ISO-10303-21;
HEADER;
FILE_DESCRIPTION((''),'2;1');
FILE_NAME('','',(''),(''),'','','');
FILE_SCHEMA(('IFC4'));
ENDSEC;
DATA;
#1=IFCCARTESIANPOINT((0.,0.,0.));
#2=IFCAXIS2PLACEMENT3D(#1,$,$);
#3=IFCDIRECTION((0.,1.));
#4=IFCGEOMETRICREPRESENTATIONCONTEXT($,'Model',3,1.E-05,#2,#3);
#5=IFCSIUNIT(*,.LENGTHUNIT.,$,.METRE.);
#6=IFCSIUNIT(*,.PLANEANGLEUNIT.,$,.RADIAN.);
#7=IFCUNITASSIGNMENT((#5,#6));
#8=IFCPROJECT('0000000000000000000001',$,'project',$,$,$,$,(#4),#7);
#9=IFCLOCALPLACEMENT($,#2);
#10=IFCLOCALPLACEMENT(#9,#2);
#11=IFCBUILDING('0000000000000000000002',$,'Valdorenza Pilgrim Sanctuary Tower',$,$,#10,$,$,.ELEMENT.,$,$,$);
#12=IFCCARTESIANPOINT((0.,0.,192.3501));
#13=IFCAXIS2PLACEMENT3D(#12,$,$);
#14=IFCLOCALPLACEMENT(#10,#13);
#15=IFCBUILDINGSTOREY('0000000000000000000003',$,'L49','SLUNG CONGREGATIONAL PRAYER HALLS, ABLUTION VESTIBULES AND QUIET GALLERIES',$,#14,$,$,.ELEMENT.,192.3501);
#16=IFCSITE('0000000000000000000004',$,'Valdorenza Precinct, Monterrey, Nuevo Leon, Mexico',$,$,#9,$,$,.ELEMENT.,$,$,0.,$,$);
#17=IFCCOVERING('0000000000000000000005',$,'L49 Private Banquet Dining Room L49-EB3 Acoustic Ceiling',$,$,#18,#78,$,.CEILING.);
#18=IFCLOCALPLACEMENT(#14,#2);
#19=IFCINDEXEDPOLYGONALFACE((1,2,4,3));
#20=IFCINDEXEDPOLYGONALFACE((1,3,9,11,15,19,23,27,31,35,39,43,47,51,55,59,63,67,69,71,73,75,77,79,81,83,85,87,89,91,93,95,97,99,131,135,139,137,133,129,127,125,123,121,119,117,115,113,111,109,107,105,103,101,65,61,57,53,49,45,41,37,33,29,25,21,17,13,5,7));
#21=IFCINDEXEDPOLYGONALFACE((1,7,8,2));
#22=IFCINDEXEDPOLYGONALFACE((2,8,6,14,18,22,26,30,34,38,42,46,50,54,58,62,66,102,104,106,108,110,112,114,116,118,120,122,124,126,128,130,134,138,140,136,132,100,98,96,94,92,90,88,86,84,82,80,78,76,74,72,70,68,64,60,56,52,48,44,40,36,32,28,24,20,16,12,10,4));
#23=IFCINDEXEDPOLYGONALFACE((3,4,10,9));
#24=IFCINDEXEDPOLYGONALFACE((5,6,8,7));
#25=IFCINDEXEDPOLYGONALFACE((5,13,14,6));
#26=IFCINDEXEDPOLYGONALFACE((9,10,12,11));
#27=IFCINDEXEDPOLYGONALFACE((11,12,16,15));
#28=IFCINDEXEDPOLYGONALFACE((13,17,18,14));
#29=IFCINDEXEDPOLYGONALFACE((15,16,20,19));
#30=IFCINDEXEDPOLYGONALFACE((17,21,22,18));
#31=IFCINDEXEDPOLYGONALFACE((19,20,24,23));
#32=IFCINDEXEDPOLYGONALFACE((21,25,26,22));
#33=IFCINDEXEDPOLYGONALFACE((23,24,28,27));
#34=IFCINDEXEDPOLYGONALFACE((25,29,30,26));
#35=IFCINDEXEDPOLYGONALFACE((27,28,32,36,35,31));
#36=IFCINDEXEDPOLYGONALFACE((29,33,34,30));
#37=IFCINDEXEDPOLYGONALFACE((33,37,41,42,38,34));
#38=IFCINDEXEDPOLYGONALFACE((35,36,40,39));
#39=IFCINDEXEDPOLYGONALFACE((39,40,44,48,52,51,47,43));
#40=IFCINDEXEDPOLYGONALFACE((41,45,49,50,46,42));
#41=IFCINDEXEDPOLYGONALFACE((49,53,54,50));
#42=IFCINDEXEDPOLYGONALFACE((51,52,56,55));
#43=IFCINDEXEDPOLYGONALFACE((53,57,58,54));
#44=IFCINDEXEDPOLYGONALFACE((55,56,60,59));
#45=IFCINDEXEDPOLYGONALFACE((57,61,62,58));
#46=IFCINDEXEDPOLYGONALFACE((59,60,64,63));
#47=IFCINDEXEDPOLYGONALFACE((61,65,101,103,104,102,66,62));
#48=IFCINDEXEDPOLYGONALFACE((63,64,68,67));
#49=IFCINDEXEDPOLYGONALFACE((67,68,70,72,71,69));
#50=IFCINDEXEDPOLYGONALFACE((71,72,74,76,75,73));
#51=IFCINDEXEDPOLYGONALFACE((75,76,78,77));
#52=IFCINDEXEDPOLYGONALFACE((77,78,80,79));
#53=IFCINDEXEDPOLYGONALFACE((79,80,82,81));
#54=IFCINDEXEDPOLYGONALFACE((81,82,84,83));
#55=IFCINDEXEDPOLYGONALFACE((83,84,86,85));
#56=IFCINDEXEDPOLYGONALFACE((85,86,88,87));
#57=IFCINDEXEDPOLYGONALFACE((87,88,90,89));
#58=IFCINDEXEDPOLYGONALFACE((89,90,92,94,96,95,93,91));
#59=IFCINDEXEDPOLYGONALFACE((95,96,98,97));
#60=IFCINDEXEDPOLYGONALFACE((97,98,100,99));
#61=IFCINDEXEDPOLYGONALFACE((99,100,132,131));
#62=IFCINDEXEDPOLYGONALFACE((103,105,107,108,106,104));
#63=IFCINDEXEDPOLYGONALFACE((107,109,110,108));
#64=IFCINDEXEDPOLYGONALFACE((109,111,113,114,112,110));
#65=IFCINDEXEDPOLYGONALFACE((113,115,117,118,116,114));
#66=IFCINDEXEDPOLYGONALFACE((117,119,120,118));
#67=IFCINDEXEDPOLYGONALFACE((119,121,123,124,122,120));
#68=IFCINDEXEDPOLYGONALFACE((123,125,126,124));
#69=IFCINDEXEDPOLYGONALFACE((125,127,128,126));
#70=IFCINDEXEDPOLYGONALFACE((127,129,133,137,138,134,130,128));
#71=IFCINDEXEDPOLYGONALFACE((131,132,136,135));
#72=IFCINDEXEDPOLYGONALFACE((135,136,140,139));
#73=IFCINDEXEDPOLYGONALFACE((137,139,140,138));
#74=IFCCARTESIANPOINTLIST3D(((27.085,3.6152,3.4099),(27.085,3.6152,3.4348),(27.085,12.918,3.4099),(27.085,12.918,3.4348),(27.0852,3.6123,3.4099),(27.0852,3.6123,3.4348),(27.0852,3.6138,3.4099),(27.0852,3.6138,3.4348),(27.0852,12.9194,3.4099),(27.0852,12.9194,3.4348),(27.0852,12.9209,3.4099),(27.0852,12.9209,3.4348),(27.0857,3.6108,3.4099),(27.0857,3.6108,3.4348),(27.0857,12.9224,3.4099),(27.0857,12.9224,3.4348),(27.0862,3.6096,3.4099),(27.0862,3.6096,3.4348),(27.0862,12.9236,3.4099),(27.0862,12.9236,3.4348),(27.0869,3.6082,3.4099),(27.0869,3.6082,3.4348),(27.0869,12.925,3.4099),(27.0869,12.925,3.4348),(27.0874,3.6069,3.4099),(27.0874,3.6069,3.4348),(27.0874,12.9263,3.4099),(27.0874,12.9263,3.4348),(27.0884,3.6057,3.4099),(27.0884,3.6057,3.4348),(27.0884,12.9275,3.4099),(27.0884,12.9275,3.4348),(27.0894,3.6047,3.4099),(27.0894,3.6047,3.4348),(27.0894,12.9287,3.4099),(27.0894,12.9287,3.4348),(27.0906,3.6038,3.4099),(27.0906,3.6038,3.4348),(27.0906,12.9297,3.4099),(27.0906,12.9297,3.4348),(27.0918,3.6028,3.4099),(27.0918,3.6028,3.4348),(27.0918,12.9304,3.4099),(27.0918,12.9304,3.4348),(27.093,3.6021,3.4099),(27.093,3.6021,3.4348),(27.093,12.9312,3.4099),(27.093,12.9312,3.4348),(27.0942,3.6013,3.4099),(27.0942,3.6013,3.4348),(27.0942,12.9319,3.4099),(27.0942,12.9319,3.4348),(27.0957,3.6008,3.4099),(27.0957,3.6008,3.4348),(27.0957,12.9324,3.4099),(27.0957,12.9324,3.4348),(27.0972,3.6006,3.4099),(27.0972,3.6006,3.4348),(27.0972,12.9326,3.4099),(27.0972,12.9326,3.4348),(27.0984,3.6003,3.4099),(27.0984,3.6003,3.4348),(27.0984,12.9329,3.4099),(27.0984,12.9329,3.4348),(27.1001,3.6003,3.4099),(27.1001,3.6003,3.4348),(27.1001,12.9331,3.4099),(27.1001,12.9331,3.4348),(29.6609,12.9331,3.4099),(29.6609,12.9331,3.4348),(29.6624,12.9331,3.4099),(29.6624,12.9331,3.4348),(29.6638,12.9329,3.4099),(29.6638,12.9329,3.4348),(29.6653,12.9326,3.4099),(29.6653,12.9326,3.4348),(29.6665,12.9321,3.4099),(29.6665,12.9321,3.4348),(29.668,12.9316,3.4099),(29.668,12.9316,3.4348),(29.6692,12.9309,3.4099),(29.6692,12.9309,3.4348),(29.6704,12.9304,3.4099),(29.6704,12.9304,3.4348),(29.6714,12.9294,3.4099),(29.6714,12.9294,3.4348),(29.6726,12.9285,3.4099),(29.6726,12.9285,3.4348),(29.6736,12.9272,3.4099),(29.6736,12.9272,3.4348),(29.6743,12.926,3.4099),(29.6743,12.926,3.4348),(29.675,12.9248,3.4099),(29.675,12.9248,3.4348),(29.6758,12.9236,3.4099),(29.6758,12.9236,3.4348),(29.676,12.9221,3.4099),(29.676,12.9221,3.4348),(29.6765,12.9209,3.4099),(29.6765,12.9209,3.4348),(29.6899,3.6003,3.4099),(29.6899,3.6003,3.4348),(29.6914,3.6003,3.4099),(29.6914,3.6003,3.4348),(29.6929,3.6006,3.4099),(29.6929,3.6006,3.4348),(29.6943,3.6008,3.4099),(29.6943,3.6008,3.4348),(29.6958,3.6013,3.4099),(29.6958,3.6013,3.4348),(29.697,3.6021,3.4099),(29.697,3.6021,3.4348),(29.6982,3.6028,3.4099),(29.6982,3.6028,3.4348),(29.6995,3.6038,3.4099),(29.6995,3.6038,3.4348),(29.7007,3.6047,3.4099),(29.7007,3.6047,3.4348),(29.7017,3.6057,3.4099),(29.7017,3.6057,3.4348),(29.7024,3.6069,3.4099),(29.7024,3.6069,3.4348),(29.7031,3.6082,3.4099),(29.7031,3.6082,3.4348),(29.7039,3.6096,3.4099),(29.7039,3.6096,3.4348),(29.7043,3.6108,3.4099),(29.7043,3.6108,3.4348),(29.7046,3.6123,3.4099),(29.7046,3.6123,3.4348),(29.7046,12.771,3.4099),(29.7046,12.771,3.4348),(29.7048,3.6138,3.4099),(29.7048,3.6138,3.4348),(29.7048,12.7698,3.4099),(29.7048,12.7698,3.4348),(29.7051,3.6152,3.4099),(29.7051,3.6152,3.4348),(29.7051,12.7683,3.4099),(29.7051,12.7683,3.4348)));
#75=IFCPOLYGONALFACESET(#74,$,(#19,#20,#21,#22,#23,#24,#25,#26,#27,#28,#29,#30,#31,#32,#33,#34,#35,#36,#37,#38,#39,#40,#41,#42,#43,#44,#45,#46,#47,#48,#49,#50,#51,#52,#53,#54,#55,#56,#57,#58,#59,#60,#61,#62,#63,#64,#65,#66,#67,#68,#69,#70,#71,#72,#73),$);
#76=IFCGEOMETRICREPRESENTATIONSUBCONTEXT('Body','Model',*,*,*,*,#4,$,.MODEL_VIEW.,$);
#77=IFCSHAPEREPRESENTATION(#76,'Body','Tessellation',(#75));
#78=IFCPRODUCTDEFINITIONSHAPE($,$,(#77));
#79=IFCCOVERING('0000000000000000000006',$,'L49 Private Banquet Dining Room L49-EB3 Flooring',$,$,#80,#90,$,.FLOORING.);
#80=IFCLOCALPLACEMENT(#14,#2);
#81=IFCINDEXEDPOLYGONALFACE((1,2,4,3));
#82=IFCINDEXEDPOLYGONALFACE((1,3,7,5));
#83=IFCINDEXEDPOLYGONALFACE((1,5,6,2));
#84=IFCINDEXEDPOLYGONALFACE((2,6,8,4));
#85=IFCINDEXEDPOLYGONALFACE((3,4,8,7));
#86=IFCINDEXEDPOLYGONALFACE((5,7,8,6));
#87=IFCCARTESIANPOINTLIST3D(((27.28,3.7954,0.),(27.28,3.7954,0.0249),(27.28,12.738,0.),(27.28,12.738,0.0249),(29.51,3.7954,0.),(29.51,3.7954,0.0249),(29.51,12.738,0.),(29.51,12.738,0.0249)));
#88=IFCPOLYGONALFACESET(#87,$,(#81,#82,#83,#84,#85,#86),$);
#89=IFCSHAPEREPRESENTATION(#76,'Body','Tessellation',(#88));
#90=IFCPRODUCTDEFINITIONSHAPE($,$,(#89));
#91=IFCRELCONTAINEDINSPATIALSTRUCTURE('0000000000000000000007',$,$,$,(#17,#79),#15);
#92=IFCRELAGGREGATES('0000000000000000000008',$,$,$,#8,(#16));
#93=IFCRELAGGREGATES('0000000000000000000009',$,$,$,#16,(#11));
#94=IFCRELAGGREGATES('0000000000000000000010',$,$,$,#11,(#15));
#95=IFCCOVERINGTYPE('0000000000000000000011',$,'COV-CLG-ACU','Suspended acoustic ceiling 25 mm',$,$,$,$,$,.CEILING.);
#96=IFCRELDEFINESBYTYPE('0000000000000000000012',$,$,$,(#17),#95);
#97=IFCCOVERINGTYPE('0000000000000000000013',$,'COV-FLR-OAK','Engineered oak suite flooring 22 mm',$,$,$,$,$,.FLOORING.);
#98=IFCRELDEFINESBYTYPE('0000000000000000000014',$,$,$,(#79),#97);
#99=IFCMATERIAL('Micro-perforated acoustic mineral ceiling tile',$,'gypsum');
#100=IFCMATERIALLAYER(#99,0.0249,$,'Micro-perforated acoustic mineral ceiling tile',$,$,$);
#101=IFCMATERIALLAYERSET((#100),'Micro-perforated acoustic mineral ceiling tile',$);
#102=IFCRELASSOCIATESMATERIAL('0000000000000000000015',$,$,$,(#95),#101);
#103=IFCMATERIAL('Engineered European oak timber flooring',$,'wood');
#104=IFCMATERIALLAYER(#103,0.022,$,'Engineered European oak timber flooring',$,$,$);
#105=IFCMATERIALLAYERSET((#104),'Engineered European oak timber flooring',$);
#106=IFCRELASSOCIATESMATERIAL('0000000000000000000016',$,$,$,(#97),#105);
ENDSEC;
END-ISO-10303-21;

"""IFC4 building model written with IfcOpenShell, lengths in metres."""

from ifc_helpers import new_model, si_unit, direction, frame, origin, place, context, subcontext, project, spatial, polyline, outline, extrude, material, layer, layer_set, type_object, element, save


model = new_model("IFC4")

# Units and contexts
model_context = context("Model", 3, precision=1e-05, world=origin(), true_north=direction((0.0, 1.0)))
body_context = subcontext(model_context, "Body", "Model", "MODEL_VIEW")
ifc_project = project(units=[si_unit("LENGTHUNIT", "METRE"), si_unit("PLANEANGLEUNIT", "RADIAN")], contexts=[model_context])

# Site, building, storey
site_placement = place(None, origin())
site = spatial("IfcSite", under=ifc_project, at=site_placement, Name="Valdorenza Precinct, Monterrey, Nuevo Leon, Mexico", CompositionType="ELEMENT", RefElevation=0.0)
building_placement = place(site_placement, origin())
building = spatial("IfcBuilding", under=site, at=building_placement, Name="Valdorenza Pilgrim Sanctuary Tower", CompositionType="ELEMENT")
storey_placement = place(building_placement, frame((0.0, 0.0, 192.3501)))
storey = spatial("IfcBuildingStorey", under=building, at=storey_placement, Name="L49", Description="SLUNG CONGREGATIONAL PRAYER HALLS, ABLUTION VESTIBULES AND QUIET GALLERIES", CompositionType="ELEMENT", Elevation=192.3501)

# Coverings
ifc_material_1 = material(Name="Micro-perforated acoustic mineral ceiling tile", Category="gypsum")
ifc_layer_1 = layer(ifc_material_1, 0.0249, Name="Micro-perforated acoustic mineral ceiling tile")
ifc_layer_set_1 = layer_set([ifc_layer_1], Name="Micro-perforated acoustic mineral ceiling tile")
covering_type_1 = type_object("IfcCoveringType", Name="COV-CLG-ACU", Description="Suspended acoustic ceiling 25 mm", PredefinedType="CEILING", material=ifc_layer_set_1)
covering_1_placement = place(storey_placement, frame((0.0, 0.0, 3.4099)))
element("IfcCovering", 1, at=covering_1_placement, inside=storey, type_object=covering_type_1, Name="L49 Private Banquet Dining Room L49-EB3 Acoustic Ceiling", PredefinedType="CEILING", context=body_context, shape_type="SweptSolid", body=[
    extrude(outline(polyline([(27.085, 12.918), (27.0852, 12.9194), (27.0852, 12.9209), (27.0857, 12.9224), (27.0862, 12.9236), (27.0869, 12.925), (27.0874, 12.9263), (27.0884, 12.9275), (27.0894, 12.9287), (27.0906, 12.9297), (27.0918, 12.9304), (27.093, 12.9312), (27.0942, 12.9319), (27.0957, 12.9324), (27.0972, 12.9326), (27.0984, 12.9329), (27.1001, 12.9331), (29.6609, 12.9331), (29.6609, 12.9331), (29.6624, 12.9331), (29.6638, 12.9329), (29.6653, 12.9326), (29.6665, 12.9321), (29.668, 12.9316), (29.6692, 12.9309), (29.6704, 12.9304), (29.6714, 12.9294), (29.6726, 12.9285), (29.6736, 12.9272), (29.6743, 12.926), (29.675, 12.9248), (29.6758, 12.9236), (29.676, 12.9221), (29.6765, 12.9209), (29.7046, 12.771), (29.7048, 12.7698), (29.7051, 12.7683), (29.7051, 3.6152), (29.7048, 3.6138), (29.7046, 3.6123), (29.7043, 3.6108), (29.7039, 3.6096), (29.7031, 3.6082), (29.7024, 3.6069), (29.7017, 3.6057), (29.7007, 3.6047), (29.6995, 3.6038), (29.6982, 3.6028), (29.697, 3.6021), (29.6958, 3.6013), (29.6943, 3.6008), (29.6929, 3.6006), (29.6914, 3.6003), (29.6899, 3.6003), (27.1001, 3.6003), (27.0984, 3.6003), (27.0972, 3.6006), (27.0957, 3.6008), (27.0942, 3.6013), (27.093, 3.6021), (27.0918, 3.6028), (27.0906, 3.6038), (27.0894, 3.6047), (27.0884, 3.6057), (27.0874, 3.6069), (27.0869, 3.6082), (27.0862, 3.6096), (27.0857, 3.6108), (27.0852, 3.6123), (27.0852, 3.6138), (27.085, 3.6152), (27.085, 12.918)])), origin(), (0.0, 0.0, 1.0), 0.0249),
])
ifc_material_2 = material(Name="Engineered European oak timber flooring", Category="wood")
ifc_layer_2 = layer(ifc_material_2, 0.022, Name="Engineered European oak timber flooring")
ifc_layer_set_2 = layer_set([ifc_layer_2], Name="Engineered European oak timber flooring")
covering_type_2 = type_object("IfcCoveringType", Name="COV-FLR-OAK", Description="Engineered oak suite flooring 22 mm", PredefinedType="FLOORING", material=ifc_layer_set_2)
covering_2_placement = place(storey_placement, origin())
element("IfcCovering", 2, at=covering_2_placement, inside=storey, type_object=covering_type_2, Name="L49 Private Banquet Dining Room L49-EB3 Flooring", PredefinedType="FLOORING", context=body_context, shape_type="SweptSolid", body=[
    extrude(outline(polyline([(27.28, 12.738), (29.51, 12.738), (29.51, 3.7954), (27.28, 3.7954), (27.28, 12.738)])), origin(), (0.0, 0.0, 1.0), 0.0249),
])

save(model, "model.ifc")
